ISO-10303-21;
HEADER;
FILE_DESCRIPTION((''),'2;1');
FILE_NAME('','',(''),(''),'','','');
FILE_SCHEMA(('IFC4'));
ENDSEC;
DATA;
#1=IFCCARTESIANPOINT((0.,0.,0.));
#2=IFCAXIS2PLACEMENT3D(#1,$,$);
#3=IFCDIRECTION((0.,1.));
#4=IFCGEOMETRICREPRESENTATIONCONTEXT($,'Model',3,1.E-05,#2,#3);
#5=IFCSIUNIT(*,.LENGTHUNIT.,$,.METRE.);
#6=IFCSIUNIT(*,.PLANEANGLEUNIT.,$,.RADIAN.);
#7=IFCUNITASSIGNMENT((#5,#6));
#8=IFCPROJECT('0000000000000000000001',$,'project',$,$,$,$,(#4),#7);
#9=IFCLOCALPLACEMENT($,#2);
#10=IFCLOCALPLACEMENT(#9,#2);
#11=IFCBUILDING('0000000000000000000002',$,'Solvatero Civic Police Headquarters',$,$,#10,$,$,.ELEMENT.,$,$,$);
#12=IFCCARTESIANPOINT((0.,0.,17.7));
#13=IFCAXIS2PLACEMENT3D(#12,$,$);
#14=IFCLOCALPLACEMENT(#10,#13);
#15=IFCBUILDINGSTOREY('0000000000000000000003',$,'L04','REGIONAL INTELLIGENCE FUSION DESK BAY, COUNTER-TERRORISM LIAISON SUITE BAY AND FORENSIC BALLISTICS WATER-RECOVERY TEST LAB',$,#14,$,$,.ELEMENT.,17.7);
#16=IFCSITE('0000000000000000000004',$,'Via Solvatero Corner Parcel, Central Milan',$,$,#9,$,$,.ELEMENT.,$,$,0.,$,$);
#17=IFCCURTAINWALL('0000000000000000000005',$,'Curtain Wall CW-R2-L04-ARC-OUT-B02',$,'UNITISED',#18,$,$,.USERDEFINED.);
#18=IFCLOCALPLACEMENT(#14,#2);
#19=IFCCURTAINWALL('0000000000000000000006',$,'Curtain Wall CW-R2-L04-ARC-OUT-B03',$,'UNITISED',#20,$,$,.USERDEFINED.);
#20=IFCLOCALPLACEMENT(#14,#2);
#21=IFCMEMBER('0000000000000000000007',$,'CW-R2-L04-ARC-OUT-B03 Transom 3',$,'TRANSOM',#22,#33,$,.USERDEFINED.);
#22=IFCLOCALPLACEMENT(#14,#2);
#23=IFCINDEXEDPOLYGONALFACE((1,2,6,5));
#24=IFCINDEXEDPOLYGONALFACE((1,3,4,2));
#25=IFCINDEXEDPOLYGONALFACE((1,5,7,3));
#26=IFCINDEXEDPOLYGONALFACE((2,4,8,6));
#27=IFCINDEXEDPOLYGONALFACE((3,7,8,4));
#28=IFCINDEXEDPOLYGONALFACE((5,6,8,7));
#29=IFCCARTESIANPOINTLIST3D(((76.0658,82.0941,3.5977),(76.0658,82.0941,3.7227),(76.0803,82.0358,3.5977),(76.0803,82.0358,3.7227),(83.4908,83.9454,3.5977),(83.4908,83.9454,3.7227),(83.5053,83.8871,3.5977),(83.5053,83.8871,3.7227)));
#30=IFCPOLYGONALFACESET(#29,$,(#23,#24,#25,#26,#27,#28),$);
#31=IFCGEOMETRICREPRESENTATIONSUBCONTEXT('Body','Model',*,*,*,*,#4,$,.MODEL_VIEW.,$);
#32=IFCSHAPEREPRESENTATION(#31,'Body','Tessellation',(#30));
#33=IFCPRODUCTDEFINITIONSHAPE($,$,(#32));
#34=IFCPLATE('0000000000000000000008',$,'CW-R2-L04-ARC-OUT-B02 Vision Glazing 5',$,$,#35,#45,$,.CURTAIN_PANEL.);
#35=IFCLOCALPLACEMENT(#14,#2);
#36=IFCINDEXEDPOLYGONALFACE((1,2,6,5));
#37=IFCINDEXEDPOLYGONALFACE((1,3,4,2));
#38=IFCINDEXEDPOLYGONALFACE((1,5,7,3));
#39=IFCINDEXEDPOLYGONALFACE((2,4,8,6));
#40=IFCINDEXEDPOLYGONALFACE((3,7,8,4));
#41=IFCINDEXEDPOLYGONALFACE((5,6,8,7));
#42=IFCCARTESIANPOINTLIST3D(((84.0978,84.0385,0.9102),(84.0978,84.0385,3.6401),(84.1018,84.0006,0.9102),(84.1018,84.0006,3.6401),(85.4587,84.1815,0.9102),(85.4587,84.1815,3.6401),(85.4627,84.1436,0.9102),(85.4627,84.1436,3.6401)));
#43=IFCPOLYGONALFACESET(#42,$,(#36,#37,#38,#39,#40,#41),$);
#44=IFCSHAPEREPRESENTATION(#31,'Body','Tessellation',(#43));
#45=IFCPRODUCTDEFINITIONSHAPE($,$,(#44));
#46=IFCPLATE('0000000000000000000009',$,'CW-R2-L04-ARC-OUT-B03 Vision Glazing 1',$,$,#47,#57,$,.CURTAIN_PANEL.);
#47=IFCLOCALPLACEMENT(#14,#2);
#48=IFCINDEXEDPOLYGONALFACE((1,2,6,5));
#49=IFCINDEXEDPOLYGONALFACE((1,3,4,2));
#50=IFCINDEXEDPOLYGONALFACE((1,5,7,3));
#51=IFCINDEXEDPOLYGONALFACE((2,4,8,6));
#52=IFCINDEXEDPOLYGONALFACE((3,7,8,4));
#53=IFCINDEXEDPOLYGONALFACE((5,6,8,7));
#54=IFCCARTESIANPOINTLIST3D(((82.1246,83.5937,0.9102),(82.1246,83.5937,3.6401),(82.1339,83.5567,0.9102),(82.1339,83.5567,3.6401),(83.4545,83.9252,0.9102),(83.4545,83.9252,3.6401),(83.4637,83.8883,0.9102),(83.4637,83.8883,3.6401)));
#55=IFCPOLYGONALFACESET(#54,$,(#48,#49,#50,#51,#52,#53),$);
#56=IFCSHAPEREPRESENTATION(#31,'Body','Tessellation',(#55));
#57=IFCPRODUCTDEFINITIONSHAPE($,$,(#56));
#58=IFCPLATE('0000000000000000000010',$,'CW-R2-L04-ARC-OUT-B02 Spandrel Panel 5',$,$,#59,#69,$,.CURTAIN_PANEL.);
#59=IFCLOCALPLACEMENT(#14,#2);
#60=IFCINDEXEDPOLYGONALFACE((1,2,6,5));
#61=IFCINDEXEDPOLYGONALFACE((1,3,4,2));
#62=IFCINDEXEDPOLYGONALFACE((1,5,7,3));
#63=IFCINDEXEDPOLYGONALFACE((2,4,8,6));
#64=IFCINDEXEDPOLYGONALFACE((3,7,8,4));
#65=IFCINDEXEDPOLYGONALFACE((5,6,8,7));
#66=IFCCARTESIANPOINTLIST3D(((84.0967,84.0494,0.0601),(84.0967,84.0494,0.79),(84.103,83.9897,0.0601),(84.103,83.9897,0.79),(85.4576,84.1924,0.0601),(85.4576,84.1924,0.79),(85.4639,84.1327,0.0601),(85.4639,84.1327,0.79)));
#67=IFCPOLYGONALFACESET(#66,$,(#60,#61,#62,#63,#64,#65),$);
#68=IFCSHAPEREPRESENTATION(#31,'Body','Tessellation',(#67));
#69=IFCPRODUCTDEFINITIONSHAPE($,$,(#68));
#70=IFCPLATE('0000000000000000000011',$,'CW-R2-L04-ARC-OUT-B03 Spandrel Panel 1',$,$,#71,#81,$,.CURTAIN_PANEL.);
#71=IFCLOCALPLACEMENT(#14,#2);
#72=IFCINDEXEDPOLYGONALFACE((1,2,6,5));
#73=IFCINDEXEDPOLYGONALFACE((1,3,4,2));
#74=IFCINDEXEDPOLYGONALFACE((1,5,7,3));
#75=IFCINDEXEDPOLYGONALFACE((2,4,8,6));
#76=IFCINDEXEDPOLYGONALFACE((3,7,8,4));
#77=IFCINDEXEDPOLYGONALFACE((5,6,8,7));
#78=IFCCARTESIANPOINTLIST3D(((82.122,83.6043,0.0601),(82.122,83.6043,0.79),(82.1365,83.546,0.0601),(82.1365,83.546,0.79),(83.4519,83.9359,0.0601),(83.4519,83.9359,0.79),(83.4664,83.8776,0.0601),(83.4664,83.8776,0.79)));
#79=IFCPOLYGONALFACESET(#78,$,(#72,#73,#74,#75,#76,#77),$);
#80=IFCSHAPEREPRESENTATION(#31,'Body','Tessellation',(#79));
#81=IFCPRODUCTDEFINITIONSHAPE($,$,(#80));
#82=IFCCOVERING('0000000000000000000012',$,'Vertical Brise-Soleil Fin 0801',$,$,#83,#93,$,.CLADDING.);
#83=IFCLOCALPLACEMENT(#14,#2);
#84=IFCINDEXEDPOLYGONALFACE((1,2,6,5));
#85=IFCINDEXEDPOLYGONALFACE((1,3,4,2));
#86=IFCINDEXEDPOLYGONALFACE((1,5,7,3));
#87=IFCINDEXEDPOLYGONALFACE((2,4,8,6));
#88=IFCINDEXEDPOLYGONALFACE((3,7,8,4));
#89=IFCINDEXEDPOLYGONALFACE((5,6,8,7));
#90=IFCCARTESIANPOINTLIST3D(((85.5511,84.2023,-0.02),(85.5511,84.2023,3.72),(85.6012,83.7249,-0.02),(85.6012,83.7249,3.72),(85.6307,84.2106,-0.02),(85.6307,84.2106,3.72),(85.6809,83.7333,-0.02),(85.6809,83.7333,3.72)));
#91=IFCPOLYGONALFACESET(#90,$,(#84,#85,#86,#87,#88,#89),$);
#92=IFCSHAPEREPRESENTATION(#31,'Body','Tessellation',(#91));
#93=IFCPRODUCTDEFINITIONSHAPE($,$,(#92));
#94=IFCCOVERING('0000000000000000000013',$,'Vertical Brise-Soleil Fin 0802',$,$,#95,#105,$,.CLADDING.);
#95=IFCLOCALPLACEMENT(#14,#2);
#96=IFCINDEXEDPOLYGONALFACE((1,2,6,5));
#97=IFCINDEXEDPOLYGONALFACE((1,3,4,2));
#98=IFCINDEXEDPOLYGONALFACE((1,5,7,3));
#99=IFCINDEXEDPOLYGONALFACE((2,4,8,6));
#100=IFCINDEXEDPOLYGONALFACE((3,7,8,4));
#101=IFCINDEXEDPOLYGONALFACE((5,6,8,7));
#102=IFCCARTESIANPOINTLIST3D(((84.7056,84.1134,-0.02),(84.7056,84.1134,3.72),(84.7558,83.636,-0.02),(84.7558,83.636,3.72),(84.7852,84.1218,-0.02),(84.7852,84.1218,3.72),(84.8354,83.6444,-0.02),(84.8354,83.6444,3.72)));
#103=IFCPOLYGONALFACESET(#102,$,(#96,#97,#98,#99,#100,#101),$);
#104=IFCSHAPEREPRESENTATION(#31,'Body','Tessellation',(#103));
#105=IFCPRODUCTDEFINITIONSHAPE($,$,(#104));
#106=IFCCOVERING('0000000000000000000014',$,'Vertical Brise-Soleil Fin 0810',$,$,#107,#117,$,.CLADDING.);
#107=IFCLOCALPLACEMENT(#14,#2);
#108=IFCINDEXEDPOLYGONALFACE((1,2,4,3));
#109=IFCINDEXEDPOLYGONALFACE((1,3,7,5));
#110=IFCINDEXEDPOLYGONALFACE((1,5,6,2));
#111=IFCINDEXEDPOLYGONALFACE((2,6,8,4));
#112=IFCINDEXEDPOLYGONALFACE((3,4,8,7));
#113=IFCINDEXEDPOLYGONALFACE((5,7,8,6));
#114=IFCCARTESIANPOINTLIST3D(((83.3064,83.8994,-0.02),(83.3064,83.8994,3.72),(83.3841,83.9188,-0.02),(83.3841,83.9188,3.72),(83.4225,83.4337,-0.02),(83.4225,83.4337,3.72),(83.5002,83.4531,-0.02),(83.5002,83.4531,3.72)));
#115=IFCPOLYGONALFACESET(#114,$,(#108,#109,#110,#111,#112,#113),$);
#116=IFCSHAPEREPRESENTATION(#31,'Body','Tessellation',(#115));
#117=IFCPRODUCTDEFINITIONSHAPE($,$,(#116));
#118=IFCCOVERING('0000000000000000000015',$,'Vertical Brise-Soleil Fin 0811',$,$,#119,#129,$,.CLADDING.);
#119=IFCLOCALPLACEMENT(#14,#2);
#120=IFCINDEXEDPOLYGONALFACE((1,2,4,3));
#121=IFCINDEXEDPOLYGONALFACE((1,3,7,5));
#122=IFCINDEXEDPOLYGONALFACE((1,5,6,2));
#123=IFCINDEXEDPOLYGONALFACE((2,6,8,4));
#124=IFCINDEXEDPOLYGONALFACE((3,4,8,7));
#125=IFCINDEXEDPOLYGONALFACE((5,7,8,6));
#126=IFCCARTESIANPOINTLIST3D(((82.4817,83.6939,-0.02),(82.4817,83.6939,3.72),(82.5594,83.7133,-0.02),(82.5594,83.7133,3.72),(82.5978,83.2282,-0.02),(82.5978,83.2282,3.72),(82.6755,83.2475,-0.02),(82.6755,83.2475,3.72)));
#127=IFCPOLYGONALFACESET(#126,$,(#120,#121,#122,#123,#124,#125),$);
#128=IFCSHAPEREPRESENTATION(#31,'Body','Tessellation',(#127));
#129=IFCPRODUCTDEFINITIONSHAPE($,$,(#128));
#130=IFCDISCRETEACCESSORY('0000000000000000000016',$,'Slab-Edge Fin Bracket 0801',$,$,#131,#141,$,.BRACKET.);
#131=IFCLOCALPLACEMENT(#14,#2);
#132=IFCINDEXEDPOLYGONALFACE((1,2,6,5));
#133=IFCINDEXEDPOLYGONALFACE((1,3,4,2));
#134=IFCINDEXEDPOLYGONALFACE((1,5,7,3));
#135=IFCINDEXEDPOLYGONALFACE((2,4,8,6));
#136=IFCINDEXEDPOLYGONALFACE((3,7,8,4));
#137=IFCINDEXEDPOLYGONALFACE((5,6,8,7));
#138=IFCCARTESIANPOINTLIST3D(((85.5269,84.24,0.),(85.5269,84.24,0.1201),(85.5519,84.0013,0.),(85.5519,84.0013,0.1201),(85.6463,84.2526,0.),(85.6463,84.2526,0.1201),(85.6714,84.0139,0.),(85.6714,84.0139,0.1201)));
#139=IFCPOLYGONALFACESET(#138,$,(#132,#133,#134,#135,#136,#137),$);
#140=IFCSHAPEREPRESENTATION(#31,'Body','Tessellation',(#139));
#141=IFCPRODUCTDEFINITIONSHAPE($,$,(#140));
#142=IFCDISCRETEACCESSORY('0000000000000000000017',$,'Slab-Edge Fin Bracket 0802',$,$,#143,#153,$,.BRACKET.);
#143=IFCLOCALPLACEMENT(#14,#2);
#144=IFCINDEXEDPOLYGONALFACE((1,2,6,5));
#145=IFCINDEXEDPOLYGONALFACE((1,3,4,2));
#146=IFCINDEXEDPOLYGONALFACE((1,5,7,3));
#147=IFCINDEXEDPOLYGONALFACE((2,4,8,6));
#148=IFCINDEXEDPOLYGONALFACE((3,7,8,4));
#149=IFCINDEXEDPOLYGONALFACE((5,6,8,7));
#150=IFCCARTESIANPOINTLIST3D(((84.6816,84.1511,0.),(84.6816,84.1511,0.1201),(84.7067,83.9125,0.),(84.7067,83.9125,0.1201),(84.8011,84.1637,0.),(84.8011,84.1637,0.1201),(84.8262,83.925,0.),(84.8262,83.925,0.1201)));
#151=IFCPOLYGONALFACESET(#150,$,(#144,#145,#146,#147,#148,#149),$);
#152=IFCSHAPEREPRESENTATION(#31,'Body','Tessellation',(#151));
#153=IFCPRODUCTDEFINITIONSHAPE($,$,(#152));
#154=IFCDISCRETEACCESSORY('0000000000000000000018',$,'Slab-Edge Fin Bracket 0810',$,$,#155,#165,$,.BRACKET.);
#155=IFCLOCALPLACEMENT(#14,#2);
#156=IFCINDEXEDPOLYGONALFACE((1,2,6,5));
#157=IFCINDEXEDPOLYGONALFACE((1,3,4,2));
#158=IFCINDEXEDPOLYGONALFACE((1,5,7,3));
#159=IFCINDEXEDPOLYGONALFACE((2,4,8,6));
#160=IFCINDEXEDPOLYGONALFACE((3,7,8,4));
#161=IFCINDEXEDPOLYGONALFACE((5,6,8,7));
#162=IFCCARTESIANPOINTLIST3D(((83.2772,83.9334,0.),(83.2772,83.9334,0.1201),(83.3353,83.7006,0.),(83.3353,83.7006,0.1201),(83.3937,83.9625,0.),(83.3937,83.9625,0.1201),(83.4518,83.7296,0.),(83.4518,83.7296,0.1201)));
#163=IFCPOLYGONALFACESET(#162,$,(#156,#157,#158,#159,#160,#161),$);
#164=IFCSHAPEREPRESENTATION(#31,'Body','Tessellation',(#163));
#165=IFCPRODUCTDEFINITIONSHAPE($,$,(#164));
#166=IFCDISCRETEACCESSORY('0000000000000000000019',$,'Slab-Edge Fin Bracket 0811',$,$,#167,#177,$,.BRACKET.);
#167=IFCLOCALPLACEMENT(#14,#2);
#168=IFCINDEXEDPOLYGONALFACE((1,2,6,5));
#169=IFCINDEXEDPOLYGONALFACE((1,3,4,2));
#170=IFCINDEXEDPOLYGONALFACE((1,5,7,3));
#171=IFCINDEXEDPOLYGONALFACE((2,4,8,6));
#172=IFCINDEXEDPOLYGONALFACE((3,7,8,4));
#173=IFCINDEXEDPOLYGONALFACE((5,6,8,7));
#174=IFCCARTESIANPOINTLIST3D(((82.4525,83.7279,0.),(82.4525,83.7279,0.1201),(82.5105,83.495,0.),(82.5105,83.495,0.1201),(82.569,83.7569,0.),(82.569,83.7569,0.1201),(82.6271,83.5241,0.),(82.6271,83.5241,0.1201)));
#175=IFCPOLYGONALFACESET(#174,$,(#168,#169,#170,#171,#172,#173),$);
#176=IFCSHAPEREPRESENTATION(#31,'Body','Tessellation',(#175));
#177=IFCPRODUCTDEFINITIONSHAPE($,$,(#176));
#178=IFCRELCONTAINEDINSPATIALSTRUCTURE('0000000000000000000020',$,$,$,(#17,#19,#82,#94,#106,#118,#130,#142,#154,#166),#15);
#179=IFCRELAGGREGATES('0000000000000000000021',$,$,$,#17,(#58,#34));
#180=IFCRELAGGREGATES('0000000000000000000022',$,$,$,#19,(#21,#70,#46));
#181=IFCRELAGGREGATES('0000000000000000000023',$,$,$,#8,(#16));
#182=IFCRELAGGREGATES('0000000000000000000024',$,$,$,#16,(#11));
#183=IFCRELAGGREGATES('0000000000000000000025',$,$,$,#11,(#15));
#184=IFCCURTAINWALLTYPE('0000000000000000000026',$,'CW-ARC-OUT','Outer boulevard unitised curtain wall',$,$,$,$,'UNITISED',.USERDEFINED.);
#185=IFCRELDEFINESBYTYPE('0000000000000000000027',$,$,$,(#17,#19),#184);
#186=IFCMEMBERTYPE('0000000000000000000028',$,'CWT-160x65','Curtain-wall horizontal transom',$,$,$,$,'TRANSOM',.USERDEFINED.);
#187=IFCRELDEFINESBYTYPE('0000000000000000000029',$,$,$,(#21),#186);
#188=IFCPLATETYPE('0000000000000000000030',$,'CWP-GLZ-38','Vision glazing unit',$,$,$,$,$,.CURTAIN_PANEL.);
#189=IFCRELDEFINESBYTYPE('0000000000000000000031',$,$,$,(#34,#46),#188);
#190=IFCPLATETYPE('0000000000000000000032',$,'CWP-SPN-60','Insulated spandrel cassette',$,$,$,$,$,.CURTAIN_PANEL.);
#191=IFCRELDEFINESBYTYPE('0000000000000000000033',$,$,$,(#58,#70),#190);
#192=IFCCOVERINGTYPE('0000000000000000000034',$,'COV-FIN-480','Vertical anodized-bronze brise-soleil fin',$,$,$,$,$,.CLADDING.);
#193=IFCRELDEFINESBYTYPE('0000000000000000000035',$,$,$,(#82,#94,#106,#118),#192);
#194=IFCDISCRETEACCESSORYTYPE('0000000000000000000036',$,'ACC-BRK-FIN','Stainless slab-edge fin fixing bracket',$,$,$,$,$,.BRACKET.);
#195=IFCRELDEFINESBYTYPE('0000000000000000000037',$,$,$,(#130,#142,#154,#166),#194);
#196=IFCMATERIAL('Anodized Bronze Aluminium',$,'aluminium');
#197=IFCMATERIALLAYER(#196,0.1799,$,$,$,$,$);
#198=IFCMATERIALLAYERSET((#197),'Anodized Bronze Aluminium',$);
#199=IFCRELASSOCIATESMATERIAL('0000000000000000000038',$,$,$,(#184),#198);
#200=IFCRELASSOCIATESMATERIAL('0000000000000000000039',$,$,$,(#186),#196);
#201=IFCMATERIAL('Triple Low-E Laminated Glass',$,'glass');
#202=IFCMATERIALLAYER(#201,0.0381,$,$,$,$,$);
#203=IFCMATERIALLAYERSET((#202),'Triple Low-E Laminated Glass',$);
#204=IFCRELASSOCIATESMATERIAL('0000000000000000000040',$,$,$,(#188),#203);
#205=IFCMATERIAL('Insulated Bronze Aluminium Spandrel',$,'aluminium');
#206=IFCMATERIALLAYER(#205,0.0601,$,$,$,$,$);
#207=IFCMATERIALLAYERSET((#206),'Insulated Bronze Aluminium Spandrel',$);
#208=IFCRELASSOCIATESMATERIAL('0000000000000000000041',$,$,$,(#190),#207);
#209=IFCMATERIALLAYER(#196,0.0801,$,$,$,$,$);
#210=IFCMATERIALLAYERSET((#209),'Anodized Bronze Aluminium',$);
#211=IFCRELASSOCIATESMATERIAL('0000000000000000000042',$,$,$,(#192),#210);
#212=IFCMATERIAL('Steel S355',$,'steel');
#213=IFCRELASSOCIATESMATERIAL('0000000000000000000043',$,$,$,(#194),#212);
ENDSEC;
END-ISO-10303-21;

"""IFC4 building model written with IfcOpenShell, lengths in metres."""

from ifc_helpers import new_model, si_unit, direction, frame, origin, origin_2d, place, context, subcontext, project, spatial, rectangle, extrude, material, layer, layer_set, material_profile, profile_set, type_object, element, aggregate, save


model = new_model("IFC4")

# Units and contexts
model_context = context("Model", 3, precision=1e-05, world=origin(), true_north=direction((0.0, 1.0)))
body_context = subcontext(model_context, "Body", "Model", "MODEL_VIEW")
ifc_project = project(units=[si_unit("LENGTHUNIT", "METRE"), si_unit("PLANEANGLEUNIT", "RADIAN")], contexts=[model_context])

# Site, building, storey
site_placement = place(None, origin())
site = spatial("IfcSite", under=ifc_project, at=site_placement, Name="Via Solvatero Corner Parcel, Central Milan", CompositionType="ELEMENT", RefElevation=0.0)
building_placement = place(site_placement, origin())
building = spatial("IfcBuilding", under=site, at=building_placement, Name="Solvatero Civic Police Headquarters", CompositionType="ELEMENT")
storey_placement = place(building_placement, frame((0.0, 0.0, 17.7)))
storey = spatial("IfcBuildingStorey", under=building, at=storey_placement, Name="L04", Description="REGIONAL INTELLIGENCE FUSION DESK BAY, COUNTER-TERRORISM LIAISON SUITE BAY AND FORENSIC BALLISTICS WATER-RECOVERY TEST LAB", CompositionType="ELEMENT", Elevation=17.7)

# Shared definitions
ifc_material_1 = material(Name="Steel S355", Category="steel")

# Curtain walls, member
ifc_material_2 = material(Name="Anodized Bronze Aluminium", Category="aluminium")
ifc_layer_1 = layer(ifc_material_2, 0.1799)
ifc_layer_set_1 = layer_set([ifc_layer_1], Name="Anodized Bronze Aluminium")
curtain_wall_type = type_object("IfcCurtainWallType", Name="CW-ARC-OUT", Description="Outer boulevard unitised curtain wall", ElementType="UNITISED", PredefinedType="USERDEFINED", material=ifc_layer_set_1)
curtain_wall_1_placement = place(storey_placement, origin())
curtain_wall_1 = element("IfcCurtainWall", 1, at=curtain_wall_1_placement, inside=storey, type_object=curtain_wall_type, Name="Curtain Wall CW-R2-L04-ARC-OUT-B02", ObjectType="UNITISED", PredefinedType="USERDEFINED")
curtain_wall_2_placement = place(storey_placement, origin())
curtain_wall_2 = element("IfcCurtainWall", 2, at=curtain_wall_2_placement, inside=storey, type_object=curtain_wall_type, Name="Curtain Wall CW-R2-L04-ARC-OUT-B03", ObjectType="UNITISED", PredefinedType="USERDEFINED")
ifc_material_profile_1 = material_profile(ifc_material_2, rectangle(XDim=0.0601, YDim=0.125, at=origin_2d()), Name="ALU TRANSOM 60x125")
ifc_profile_set_1 = profile_set([ifc_material_profile_1], Name="Anodized Bronze Aluminium")
member_type_1 = type_object("IfcMemberType", Name="CWT-160x65", Description="Curtain-wall horizontal transom", ElementType="TRANSOM", PredefinedType="USERDEFINED", material=ifc_profile_set_1)
member_1_placement = place(storey_placement, frame((83.498, 83.9163, 3.6602), z_axis=(-0.970294, -0.241928, 0.0), x_axis=(0.241928, -0.970294, 0.0)))
member_1 = element("IfcMember", 3, at=member_1_placement, type_object=member_type_1, Name="CW-R2-L04-ARC-OUT-B03 Transom 3", ObjectType="TRANSOM", PredefinedType="USERDEFINED", context=body_context, shape_type="SweptSolid", body=[
    extrude(rectangle(XDim=0.0601, YDim=0.125, at=origin_2d()), origin(), (0.0, 0.0, 1.0), 7.6523),
])

# Plates
ifc_material_3 = material(Name="Triple Low-E Laminated Glass", Category="glass")
ifc_layer_2 = layer(ifc_material_3, 0.0381)
ifc_layer_set_2 = layer_set([ifc_layer_2], Name="Triple Low-E Laminated Glass")
plate_type_1 = type_object("IfcPlateType", Name="CWP-GLZ-38", Description="Vision glazing unit", PredefinedType="CURTAIN_PANEL", material=ifc_layer_set_2)
plate_1_placement = place(storey_placement, frame((84.7803, 84.0911, 0.9102), z_axis=(0.0, 0.0, 1.0), x_axis=(-0.994524, -0.104511, 0.0)))
plate_1 = element("IfcPlate", 4, at=plate_1_placement, type_object=plate_type_1, Name="CW-R2-L04-ARC-OUT-B02 Vision Glazing 5", PredefinedType="CURTAIN_PANEL", context=body_context, shape_type="SweptSolid", body=[
    extrude(rectangle(XDim=1.3684, YDim=0.0381, at=origin_2d()), origin(), (0.0, 0.0, 1.0), 2.73),
])
plate_2_placement = place(storey_placement, frame((82.7942, 83.741, 0.9102), z_axis=(0.0, 0.0, 1.0), x_axis=(-0.970296, -0.241922, 0.0)))
plate_2 = element("IfcPlate", 5, at=plate_2_placement, type_object=plate_type_1, Name="CW-R2-L04-ARC-OUT-B03 Vision Glazing 1", PredefinedType="CURTAIN_PANEL", context=body_context, shape_type="SweptSolid", body=[
    extrude(rectangle(XDim=1.3706, YDim=0.0381, at=origin_2d()), origin(), (0.0, 0.0, 1.0), 2.73),
])
ifc_material_4 = material(Name="Insulated Bronze Aluminium Spandrel", Category="aluminium")
ifc_layer_3 = layer(ifc_material_4, 0.0601)
ifc_layer_set_3 = layer_set([ifc_layer_3], Name="Insulated Bronze Aluminium Spandrel")
plate_type_2 = type_object("IfcPlateType", Name="CWP-SPN-60", Description="Insulated spandrel cassette", PredefinedType="CURTAIN_PANEL", material=ifc_layer_set_3)
plate_3_placement = place(storey_placement, frame((84.7803, 84.0911, 0.0601), z_axis=(0.0, 0.0, 1.0), x_axis=(-0.994524, -0.104511, 0.0)))
plate_3 = element("IfcPlate", 6, at=plate_3_placement, type_object=plate_type_2, Name="CW-R2-L04-ARC-OUT-B02 Spandrel Panel 5", PredefinedType="CURTAIN_PANEL", context=body_context, shape_type="SweptSolid", body=[
    extrude(rectangle(XDim=1.3684, YDim=0.0601, at=origin_2d()), origin(), (0.0, 0.0, 1.0), 0.73),
])
aggregate(curtain_wall_1, [plate_3, plate_1])
plate_4_placement = place(storey_placement, frame((82.7942, 83.741, 0.0601), z_axis=(0.0, 0.0, 1.0), x_axis=(-0.970296, -0.241922, 0.0)))
plate_4 = element("IfcPlate", 7, at=plate_4_placement, type_object=plate_type_2, Name="CW-R2-L04-ARC-OUT-B03 Spandrel Panel 1", PredefinedType="CURTAIN_PANEL", context=body_context, shape_type="SweptSolid", body=[
    extrude(rectangle(XDim=1.3706, YDim=0.0601, at=origin_2d()), origin(), (0.0, 0.0, 1.0), 0.73),
])
aggregate(curtain_wall_2, [member_1, plate_4, plate_2])

# Coverings
ifc_layer_4 = layer(ifc_material_2, 0.0801)
ifc_layer_set_4 = layer_set([ifc_layer_4], Name="Anodized Bronze Aluminium")
covering_type = type_object("IfcCoveringType", Name="COV-FIN-480", Description="Vertical anodized-bronze brise-soleil fin", PredefinedType="CLADDING", material=ifc_layer_set_4)
for number, where, z_axis, x_axis, name in (
    (8, (85.616, 83.9678, -0.02), (0.0, 0.0, 1.0), (-0.994524, -0.104511, 0.0), "Vertical Brise-Soleil Fin 0801"),
    (9, (84.7705, 83.8789, -0.02), (0.0, 0.0, 1.0), (-0.994524, -0.104511, 0.0), "Vertical Brise-Soleil Fin 0802"),
    (10, (83.4033, 83.6763, -0.02), (0.0, 0.0, 1.0), (-0.970296, -0.241922, 0.0), "Vertical Brise-Soleil Fin 0810"),
    (11, (82.5786, 83.4707, -0.02), (0.0, 0.0, 1.0), (-0.970296, -0.241922, 0.0), "Vertical Brise-Soleil Fin 0811"),
):
    element("IfcCovering", number, at=place(storey_placement, frame(where, z_axis=z_axis, x_axis=x_axis)), inside=storey, type_object=covering_type, Name=name, PredefinedType="CLADDING", context=body_context, shape_type="SweptSolid", body=[
        extrude(rectangle(XDim=0.0801, YDim=0.48, at=origin_2d()), origin(), (0.0, 0.0, 1.0), 3.74),
    ])

# Discrete accessories
discrete_accessory_type = type_object("IfcDiscreteAccessoryType", Name="ACC-BRK-FIN", Description="Stainless slab-edge fin fixing bracket", PredefinedType="BRACKET", material=ifc_material_1)
for number, where, z_axis, x_axis, name in (
    (12, (85.5991, 84.127, 0.0), (0.0, 0.0, 1.0), (-0.994524, -0.104511, 0.0), "Slab-Edge Fin Bracket 0801"),
    (13, (84.7539, 84.0381, 0.0), (0.0, 0.0, 1.0), (-0.994524, -0.104511, 0.0), "Slab-Edge Fin Bracket 0802"),
    (14, (83.3645, 83.8315, 0.0), (0.0, 0.0, 1.0), (-0.970296, -0.241922, 0.0), "Slab-Edge Fin Bracket 0810"),
    (15, (82.5398, 83.626, 0.0), (0.0, 0.0, 1.0), (-0.970296, -0.241922, 0.0), "Slab-Edge Fin Bracket 0811"),
):
    element("IfcDiscreteAccessory", number, at=place(storey_placement, frame(where, z_axis=z_axis, x_axis=x_axis)), inside=storey, type_object=discrete_accessory_type, Name=name, PredefinedType="BRACKET", context=body_context, shape_type="SweptSolid", body=[
        extrude(rectangle(XDim=0.1201, YDim=0.24, at=origin_2d()), origin(), (0.0, 0.0, 1.0), 0.1201),
    ])

save(model, "model.ifc")
